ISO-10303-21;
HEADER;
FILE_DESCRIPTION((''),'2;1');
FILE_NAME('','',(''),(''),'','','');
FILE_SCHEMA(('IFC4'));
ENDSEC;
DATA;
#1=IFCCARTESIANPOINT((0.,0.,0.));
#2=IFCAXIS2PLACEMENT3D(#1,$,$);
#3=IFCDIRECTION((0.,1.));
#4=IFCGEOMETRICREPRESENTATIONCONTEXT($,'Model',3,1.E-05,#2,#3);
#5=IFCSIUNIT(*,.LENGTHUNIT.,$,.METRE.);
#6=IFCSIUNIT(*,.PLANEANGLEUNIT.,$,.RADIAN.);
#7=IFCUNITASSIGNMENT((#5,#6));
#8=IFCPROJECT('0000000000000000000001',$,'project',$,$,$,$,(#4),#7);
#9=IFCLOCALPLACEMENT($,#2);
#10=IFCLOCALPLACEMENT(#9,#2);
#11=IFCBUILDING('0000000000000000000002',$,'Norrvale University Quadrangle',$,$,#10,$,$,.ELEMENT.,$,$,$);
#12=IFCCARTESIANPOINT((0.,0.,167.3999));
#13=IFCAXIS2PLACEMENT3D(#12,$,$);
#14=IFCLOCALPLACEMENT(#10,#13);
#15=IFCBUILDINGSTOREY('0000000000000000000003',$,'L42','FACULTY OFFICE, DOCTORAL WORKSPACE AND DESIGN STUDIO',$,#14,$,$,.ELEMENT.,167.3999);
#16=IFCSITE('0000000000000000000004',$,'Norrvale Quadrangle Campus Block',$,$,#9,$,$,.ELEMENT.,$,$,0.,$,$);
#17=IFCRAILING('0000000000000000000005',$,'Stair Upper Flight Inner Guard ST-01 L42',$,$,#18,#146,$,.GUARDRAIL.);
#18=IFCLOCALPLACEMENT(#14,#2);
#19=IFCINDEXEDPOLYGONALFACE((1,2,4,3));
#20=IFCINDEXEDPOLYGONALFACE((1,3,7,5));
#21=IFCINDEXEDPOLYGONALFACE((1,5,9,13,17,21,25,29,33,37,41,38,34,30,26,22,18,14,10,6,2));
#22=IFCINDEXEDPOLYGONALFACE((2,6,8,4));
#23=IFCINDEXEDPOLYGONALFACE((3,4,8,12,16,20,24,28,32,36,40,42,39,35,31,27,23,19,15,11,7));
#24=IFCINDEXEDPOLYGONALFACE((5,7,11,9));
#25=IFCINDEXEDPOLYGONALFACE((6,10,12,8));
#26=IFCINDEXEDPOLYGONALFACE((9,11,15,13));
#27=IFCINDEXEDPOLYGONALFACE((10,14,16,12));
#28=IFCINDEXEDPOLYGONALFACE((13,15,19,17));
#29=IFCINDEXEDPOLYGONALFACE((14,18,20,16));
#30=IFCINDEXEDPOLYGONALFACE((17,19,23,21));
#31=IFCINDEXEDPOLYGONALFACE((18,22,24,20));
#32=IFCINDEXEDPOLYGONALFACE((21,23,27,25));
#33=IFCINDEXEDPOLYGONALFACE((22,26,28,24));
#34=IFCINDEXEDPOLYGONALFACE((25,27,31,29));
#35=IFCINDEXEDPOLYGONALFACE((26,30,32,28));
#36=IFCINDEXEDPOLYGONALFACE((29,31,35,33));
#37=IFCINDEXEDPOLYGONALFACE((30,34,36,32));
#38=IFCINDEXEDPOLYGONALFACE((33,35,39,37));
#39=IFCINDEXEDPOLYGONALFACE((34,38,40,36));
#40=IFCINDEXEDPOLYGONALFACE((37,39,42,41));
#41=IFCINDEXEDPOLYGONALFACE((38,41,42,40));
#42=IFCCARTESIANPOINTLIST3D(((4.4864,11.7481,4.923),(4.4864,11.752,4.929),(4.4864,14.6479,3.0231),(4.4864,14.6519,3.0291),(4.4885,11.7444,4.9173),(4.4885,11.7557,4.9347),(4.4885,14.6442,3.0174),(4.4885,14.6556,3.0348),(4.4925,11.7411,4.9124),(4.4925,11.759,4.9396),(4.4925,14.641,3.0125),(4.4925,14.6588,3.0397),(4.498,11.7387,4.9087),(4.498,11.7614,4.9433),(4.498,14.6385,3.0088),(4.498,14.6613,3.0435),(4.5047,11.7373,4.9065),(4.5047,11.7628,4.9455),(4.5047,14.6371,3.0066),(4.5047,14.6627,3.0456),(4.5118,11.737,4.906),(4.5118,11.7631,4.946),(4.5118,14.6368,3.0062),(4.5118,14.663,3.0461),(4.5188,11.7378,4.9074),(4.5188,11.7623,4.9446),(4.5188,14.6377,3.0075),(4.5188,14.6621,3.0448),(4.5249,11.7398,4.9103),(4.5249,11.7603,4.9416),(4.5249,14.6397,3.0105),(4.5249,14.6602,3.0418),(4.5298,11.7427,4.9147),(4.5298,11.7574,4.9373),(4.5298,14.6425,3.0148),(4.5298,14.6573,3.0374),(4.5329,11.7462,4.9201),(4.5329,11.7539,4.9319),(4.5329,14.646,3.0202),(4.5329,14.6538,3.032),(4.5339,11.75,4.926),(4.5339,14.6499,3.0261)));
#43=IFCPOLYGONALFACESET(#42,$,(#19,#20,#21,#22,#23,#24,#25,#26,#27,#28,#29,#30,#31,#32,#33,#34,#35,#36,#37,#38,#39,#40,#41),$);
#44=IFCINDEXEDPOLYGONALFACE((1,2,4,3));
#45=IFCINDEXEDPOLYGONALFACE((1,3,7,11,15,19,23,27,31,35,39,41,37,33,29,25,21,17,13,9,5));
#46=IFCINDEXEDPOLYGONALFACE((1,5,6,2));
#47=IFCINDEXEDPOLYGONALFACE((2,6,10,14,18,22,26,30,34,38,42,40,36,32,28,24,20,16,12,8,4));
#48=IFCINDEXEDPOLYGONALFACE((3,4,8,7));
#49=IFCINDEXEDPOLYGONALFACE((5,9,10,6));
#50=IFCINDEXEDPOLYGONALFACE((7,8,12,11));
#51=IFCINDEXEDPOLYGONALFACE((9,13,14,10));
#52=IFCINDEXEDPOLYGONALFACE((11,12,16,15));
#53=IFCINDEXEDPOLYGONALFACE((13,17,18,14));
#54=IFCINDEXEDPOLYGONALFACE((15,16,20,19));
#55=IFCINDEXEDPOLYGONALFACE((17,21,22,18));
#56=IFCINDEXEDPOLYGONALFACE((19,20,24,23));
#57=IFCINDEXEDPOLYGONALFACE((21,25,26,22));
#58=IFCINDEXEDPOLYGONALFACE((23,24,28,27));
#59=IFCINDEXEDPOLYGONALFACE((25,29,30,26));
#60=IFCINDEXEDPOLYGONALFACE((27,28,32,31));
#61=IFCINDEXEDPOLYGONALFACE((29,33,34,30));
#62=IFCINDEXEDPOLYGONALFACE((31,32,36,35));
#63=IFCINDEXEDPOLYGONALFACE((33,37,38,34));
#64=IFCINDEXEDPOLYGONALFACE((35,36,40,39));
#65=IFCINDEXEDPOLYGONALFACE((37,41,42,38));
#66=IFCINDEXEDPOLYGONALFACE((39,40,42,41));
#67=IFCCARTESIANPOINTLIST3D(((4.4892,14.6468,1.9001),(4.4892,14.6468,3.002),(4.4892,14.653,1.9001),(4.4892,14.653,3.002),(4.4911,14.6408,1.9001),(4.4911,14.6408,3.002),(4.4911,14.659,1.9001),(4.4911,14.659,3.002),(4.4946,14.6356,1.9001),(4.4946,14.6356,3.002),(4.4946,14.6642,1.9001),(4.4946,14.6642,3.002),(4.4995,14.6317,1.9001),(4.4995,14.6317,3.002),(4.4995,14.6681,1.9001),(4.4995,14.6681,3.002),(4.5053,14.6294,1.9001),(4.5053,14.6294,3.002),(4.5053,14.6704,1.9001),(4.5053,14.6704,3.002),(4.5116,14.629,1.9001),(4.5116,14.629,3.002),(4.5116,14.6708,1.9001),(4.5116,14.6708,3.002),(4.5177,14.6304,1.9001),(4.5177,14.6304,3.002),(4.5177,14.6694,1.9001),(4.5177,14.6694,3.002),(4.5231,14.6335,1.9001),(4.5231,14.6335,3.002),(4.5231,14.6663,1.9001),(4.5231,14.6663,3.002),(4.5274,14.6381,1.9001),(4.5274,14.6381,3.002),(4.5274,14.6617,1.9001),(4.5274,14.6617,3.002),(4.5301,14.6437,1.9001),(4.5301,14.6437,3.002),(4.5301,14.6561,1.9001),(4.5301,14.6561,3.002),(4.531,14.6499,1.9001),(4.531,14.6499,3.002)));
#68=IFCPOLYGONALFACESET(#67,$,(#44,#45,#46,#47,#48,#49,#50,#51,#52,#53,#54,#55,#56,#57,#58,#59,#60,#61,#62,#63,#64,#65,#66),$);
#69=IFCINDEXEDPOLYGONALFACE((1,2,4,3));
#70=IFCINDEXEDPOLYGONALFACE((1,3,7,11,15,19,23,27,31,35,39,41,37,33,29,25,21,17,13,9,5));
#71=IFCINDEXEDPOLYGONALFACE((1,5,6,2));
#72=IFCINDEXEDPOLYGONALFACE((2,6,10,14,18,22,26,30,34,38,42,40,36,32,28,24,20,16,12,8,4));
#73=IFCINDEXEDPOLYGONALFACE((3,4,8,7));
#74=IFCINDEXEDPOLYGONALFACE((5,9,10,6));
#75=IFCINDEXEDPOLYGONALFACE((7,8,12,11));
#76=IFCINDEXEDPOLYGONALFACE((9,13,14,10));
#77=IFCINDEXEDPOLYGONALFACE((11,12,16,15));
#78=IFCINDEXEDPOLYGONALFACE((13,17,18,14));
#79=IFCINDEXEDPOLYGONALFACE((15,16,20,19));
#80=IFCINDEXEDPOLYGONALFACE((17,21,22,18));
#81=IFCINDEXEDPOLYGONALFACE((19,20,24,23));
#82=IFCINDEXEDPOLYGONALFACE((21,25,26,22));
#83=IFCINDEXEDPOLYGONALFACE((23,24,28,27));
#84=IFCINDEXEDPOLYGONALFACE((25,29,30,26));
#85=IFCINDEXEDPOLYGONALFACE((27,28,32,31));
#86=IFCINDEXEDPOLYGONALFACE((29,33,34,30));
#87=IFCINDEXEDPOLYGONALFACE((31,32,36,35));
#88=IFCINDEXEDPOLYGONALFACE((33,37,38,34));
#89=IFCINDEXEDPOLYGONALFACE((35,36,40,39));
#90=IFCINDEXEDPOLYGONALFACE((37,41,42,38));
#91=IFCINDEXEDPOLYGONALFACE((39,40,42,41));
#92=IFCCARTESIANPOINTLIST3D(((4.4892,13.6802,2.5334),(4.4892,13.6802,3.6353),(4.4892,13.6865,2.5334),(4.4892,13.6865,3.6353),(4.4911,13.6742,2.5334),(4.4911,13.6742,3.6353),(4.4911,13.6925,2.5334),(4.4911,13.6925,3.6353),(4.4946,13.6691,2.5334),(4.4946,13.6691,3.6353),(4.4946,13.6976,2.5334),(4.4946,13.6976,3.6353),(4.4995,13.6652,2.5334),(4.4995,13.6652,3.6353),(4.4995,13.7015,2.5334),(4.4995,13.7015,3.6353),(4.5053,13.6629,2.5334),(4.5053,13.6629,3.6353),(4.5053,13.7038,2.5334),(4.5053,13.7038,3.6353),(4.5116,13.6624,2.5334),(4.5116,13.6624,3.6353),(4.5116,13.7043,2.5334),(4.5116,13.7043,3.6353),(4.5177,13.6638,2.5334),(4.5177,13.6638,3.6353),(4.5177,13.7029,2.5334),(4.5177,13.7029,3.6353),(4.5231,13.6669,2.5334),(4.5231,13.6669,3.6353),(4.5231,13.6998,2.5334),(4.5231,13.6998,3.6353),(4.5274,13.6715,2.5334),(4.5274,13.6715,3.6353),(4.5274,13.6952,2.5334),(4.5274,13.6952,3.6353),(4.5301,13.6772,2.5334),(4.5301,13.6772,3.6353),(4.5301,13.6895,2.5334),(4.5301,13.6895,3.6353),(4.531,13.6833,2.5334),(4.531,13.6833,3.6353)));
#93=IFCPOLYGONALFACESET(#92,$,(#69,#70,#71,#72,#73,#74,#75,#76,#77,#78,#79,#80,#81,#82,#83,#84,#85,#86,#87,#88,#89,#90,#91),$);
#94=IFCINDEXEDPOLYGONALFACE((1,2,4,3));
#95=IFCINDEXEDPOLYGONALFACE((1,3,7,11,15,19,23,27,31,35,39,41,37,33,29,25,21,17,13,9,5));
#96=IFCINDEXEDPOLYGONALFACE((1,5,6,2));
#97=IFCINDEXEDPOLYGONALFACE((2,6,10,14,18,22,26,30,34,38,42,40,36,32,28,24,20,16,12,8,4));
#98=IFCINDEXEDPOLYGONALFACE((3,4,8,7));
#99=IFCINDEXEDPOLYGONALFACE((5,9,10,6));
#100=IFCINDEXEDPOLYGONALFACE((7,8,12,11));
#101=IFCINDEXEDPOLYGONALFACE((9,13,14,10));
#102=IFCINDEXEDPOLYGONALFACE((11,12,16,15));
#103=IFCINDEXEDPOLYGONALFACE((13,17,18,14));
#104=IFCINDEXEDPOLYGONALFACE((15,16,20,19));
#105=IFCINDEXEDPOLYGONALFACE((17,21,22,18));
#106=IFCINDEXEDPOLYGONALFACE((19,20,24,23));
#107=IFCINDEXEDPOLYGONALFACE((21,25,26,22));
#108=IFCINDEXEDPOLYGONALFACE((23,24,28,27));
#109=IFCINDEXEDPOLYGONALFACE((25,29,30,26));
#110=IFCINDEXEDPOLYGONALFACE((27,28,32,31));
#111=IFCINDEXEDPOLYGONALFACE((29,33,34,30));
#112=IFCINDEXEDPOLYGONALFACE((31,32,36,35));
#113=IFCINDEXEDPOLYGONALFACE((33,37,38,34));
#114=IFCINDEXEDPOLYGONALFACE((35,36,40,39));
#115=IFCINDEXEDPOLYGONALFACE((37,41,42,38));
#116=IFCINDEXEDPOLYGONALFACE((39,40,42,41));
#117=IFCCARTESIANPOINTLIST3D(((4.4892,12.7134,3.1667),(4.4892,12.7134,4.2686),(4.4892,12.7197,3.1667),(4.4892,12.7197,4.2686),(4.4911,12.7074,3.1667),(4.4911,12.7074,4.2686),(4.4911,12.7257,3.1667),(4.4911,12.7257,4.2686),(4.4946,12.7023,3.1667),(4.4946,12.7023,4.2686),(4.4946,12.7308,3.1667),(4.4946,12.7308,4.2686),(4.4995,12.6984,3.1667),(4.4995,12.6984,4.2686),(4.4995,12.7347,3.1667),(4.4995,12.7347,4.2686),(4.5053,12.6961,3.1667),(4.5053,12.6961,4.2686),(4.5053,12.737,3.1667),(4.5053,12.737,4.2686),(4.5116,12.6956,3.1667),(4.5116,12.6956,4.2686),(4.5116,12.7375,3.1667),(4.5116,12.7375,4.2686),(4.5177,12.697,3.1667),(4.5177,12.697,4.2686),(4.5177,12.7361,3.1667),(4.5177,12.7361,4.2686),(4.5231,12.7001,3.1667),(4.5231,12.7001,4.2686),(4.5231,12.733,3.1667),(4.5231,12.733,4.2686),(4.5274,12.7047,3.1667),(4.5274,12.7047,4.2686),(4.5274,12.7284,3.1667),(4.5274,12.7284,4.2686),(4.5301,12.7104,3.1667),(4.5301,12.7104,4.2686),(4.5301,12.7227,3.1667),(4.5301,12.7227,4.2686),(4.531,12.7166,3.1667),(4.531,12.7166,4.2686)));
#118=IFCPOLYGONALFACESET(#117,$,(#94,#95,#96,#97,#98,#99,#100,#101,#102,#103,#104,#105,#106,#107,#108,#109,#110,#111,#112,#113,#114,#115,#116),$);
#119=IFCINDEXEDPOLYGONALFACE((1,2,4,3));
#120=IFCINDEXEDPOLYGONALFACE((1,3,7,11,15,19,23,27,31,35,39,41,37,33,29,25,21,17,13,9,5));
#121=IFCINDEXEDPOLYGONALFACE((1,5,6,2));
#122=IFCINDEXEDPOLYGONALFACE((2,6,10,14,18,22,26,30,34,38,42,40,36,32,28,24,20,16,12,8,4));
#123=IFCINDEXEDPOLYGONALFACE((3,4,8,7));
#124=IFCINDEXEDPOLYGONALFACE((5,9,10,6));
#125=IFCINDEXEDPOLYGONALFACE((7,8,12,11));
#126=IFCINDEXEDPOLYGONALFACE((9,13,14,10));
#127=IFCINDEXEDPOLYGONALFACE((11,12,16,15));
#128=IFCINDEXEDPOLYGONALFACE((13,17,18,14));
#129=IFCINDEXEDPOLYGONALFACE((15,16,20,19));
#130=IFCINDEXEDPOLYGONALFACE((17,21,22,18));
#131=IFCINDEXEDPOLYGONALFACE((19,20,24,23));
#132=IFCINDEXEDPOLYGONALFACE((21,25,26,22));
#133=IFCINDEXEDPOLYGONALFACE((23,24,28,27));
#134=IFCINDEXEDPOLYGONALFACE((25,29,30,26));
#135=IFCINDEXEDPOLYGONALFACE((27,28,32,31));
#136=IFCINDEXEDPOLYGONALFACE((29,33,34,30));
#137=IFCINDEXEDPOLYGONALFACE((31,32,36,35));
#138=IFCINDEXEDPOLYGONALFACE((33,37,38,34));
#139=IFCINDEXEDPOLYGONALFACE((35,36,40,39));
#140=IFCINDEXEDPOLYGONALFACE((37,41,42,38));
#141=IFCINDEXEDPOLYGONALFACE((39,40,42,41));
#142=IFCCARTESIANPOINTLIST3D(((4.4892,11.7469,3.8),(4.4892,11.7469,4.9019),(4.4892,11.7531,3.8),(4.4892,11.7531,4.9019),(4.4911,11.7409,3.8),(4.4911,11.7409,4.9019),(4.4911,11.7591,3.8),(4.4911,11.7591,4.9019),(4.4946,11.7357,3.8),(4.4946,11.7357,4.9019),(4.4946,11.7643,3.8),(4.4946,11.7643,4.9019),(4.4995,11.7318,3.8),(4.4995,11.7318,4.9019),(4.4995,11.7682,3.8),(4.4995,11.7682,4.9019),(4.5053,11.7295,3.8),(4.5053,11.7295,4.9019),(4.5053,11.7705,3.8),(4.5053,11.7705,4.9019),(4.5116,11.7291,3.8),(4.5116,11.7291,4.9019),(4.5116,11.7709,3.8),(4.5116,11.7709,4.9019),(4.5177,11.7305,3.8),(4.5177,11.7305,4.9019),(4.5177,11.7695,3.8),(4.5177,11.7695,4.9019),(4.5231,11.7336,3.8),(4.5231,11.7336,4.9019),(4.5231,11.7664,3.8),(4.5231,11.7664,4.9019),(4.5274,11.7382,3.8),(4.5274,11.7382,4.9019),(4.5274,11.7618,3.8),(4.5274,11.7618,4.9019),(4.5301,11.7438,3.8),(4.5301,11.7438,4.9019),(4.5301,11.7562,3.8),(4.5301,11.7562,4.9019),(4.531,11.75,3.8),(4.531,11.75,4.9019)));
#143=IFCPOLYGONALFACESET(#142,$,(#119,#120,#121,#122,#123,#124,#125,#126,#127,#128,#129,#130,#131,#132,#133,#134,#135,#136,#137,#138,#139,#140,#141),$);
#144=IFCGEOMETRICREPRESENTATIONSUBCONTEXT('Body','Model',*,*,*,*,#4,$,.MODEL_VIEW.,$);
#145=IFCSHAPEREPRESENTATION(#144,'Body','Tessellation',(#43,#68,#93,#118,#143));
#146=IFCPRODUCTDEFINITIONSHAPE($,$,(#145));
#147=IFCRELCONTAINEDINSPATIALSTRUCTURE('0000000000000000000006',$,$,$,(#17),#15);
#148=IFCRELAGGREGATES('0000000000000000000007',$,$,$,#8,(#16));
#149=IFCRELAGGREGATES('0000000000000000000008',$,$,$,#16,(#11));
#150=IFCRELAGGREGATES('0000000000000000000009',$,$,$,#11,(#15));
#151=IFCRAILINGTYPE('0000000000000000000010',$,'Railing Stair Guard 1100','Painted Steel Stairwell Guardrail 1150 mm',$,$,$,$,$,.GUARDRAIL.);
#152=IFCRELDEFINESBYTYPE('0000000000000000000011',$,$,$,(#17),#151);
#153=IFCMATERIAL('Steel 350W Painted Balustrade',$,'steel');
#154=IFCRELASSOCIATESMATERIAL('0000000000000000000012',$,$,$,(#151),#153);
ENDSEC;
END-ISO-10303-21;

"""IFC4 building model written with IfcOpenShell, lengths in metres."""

from ifc_helpers import new_model, si_unit, direction, frame, origin, origin_2d, place, context, subcontext, project, spatial, circle, extrude, material, type_object, element, save


model = new_model("IFC4")

# Units and contexts
model_context = context("Model", 3, precision=1e-05, world=origin(), true_north=direction((0.0, 1.0)))
body_context = subcontext(model_context, "Body", "Model", "MODEL_VIEW")
ifc_project = project(units=[si_unit("LENGTHUNIT", "METRE"), si_unit("PLANEANGLEUNIT", "RADIAN")], contexts=[model_context])

# Site, building, storey
site_placement = place(None, origin())
site = spatial("IfcSite", under=ifc_project, at=site_placement, Name="Norrvale Quadrangle Campus Block", CompositionType="ELEMENT", RefElevation=0.0)
building_placement = place(site_placement, origin())
building = spatial("IfcBuilding", under=site, at=building_placement, Name="Norrvale University Quadrangle", CompositionType="ELEMENT")
storey_placement = place(building_placement, frame((0.0, 0.0, 167.3999)))
storey = spatial("IfcBuildingStorey", under=building, at=storey_placement, Name="L42", Description="FACULTY OFFICE, DOCTORAL WORKSPACE AND DESIGN STUDIO", CompositionType="ELEMENT", Elevation=167.3999)

# Railing
ifc_material_1 = material(Name="Steel 350W Painted Balustrade", Category="steel")
railing_type_1 = type_object("IfcRailingType", Name="Railing Stair Guard 1100", Description="Painted Steel Stairwell Guardrail 1150 mm", PredefinedType="GUARDRAIL", material=ifc_material_1)
railing_1_placement = place(storey_placement, frame((4.51, 14.6499, 1.9001)))
element("IfcRailing", 1, at=railing_1_placement, inside=storey, type_object=railing_type_1, Name="Stair Upper Flight Inner Guard ST-01 L42", PredefinedType="GUARDRAIL", context=body_context, shape_type="SweptSolid", body=[
    extrude(circle(Radius=0.0239, at=origin_2d()), frame((0.0, 0.0, 1.126), z_axis=(0.0, -0.836466, 0.548019), x_axis=(1.0, 0.0, 0.0)), (0.0, 0.0, 1.0), 3.4668),
    extrude(circle(Radius=0.021, at=origin_2d()), origin(), (0.0, 0.0, 1.0), 1.1018),
    extrude(circle(Radius=0.021, at=origin_2d()), frame((0.0, -0.9666, 0.6333)), (0.0, 0.0, 1.0), 1.1018),
    extrude(circle(Radius=0.021, at=origin_2d()), frame((0.0, -1.9333, 1.2666)), (0.0, 0.0, 1.0), 1.1018),
    extrude(circle(Radius=0.021, at=origin_2d()), frame((0.0, -2.8999, 1.8999)), (0.0, 0.0, 1.0), 1.1018),
])

save(model, "model.ifc")
